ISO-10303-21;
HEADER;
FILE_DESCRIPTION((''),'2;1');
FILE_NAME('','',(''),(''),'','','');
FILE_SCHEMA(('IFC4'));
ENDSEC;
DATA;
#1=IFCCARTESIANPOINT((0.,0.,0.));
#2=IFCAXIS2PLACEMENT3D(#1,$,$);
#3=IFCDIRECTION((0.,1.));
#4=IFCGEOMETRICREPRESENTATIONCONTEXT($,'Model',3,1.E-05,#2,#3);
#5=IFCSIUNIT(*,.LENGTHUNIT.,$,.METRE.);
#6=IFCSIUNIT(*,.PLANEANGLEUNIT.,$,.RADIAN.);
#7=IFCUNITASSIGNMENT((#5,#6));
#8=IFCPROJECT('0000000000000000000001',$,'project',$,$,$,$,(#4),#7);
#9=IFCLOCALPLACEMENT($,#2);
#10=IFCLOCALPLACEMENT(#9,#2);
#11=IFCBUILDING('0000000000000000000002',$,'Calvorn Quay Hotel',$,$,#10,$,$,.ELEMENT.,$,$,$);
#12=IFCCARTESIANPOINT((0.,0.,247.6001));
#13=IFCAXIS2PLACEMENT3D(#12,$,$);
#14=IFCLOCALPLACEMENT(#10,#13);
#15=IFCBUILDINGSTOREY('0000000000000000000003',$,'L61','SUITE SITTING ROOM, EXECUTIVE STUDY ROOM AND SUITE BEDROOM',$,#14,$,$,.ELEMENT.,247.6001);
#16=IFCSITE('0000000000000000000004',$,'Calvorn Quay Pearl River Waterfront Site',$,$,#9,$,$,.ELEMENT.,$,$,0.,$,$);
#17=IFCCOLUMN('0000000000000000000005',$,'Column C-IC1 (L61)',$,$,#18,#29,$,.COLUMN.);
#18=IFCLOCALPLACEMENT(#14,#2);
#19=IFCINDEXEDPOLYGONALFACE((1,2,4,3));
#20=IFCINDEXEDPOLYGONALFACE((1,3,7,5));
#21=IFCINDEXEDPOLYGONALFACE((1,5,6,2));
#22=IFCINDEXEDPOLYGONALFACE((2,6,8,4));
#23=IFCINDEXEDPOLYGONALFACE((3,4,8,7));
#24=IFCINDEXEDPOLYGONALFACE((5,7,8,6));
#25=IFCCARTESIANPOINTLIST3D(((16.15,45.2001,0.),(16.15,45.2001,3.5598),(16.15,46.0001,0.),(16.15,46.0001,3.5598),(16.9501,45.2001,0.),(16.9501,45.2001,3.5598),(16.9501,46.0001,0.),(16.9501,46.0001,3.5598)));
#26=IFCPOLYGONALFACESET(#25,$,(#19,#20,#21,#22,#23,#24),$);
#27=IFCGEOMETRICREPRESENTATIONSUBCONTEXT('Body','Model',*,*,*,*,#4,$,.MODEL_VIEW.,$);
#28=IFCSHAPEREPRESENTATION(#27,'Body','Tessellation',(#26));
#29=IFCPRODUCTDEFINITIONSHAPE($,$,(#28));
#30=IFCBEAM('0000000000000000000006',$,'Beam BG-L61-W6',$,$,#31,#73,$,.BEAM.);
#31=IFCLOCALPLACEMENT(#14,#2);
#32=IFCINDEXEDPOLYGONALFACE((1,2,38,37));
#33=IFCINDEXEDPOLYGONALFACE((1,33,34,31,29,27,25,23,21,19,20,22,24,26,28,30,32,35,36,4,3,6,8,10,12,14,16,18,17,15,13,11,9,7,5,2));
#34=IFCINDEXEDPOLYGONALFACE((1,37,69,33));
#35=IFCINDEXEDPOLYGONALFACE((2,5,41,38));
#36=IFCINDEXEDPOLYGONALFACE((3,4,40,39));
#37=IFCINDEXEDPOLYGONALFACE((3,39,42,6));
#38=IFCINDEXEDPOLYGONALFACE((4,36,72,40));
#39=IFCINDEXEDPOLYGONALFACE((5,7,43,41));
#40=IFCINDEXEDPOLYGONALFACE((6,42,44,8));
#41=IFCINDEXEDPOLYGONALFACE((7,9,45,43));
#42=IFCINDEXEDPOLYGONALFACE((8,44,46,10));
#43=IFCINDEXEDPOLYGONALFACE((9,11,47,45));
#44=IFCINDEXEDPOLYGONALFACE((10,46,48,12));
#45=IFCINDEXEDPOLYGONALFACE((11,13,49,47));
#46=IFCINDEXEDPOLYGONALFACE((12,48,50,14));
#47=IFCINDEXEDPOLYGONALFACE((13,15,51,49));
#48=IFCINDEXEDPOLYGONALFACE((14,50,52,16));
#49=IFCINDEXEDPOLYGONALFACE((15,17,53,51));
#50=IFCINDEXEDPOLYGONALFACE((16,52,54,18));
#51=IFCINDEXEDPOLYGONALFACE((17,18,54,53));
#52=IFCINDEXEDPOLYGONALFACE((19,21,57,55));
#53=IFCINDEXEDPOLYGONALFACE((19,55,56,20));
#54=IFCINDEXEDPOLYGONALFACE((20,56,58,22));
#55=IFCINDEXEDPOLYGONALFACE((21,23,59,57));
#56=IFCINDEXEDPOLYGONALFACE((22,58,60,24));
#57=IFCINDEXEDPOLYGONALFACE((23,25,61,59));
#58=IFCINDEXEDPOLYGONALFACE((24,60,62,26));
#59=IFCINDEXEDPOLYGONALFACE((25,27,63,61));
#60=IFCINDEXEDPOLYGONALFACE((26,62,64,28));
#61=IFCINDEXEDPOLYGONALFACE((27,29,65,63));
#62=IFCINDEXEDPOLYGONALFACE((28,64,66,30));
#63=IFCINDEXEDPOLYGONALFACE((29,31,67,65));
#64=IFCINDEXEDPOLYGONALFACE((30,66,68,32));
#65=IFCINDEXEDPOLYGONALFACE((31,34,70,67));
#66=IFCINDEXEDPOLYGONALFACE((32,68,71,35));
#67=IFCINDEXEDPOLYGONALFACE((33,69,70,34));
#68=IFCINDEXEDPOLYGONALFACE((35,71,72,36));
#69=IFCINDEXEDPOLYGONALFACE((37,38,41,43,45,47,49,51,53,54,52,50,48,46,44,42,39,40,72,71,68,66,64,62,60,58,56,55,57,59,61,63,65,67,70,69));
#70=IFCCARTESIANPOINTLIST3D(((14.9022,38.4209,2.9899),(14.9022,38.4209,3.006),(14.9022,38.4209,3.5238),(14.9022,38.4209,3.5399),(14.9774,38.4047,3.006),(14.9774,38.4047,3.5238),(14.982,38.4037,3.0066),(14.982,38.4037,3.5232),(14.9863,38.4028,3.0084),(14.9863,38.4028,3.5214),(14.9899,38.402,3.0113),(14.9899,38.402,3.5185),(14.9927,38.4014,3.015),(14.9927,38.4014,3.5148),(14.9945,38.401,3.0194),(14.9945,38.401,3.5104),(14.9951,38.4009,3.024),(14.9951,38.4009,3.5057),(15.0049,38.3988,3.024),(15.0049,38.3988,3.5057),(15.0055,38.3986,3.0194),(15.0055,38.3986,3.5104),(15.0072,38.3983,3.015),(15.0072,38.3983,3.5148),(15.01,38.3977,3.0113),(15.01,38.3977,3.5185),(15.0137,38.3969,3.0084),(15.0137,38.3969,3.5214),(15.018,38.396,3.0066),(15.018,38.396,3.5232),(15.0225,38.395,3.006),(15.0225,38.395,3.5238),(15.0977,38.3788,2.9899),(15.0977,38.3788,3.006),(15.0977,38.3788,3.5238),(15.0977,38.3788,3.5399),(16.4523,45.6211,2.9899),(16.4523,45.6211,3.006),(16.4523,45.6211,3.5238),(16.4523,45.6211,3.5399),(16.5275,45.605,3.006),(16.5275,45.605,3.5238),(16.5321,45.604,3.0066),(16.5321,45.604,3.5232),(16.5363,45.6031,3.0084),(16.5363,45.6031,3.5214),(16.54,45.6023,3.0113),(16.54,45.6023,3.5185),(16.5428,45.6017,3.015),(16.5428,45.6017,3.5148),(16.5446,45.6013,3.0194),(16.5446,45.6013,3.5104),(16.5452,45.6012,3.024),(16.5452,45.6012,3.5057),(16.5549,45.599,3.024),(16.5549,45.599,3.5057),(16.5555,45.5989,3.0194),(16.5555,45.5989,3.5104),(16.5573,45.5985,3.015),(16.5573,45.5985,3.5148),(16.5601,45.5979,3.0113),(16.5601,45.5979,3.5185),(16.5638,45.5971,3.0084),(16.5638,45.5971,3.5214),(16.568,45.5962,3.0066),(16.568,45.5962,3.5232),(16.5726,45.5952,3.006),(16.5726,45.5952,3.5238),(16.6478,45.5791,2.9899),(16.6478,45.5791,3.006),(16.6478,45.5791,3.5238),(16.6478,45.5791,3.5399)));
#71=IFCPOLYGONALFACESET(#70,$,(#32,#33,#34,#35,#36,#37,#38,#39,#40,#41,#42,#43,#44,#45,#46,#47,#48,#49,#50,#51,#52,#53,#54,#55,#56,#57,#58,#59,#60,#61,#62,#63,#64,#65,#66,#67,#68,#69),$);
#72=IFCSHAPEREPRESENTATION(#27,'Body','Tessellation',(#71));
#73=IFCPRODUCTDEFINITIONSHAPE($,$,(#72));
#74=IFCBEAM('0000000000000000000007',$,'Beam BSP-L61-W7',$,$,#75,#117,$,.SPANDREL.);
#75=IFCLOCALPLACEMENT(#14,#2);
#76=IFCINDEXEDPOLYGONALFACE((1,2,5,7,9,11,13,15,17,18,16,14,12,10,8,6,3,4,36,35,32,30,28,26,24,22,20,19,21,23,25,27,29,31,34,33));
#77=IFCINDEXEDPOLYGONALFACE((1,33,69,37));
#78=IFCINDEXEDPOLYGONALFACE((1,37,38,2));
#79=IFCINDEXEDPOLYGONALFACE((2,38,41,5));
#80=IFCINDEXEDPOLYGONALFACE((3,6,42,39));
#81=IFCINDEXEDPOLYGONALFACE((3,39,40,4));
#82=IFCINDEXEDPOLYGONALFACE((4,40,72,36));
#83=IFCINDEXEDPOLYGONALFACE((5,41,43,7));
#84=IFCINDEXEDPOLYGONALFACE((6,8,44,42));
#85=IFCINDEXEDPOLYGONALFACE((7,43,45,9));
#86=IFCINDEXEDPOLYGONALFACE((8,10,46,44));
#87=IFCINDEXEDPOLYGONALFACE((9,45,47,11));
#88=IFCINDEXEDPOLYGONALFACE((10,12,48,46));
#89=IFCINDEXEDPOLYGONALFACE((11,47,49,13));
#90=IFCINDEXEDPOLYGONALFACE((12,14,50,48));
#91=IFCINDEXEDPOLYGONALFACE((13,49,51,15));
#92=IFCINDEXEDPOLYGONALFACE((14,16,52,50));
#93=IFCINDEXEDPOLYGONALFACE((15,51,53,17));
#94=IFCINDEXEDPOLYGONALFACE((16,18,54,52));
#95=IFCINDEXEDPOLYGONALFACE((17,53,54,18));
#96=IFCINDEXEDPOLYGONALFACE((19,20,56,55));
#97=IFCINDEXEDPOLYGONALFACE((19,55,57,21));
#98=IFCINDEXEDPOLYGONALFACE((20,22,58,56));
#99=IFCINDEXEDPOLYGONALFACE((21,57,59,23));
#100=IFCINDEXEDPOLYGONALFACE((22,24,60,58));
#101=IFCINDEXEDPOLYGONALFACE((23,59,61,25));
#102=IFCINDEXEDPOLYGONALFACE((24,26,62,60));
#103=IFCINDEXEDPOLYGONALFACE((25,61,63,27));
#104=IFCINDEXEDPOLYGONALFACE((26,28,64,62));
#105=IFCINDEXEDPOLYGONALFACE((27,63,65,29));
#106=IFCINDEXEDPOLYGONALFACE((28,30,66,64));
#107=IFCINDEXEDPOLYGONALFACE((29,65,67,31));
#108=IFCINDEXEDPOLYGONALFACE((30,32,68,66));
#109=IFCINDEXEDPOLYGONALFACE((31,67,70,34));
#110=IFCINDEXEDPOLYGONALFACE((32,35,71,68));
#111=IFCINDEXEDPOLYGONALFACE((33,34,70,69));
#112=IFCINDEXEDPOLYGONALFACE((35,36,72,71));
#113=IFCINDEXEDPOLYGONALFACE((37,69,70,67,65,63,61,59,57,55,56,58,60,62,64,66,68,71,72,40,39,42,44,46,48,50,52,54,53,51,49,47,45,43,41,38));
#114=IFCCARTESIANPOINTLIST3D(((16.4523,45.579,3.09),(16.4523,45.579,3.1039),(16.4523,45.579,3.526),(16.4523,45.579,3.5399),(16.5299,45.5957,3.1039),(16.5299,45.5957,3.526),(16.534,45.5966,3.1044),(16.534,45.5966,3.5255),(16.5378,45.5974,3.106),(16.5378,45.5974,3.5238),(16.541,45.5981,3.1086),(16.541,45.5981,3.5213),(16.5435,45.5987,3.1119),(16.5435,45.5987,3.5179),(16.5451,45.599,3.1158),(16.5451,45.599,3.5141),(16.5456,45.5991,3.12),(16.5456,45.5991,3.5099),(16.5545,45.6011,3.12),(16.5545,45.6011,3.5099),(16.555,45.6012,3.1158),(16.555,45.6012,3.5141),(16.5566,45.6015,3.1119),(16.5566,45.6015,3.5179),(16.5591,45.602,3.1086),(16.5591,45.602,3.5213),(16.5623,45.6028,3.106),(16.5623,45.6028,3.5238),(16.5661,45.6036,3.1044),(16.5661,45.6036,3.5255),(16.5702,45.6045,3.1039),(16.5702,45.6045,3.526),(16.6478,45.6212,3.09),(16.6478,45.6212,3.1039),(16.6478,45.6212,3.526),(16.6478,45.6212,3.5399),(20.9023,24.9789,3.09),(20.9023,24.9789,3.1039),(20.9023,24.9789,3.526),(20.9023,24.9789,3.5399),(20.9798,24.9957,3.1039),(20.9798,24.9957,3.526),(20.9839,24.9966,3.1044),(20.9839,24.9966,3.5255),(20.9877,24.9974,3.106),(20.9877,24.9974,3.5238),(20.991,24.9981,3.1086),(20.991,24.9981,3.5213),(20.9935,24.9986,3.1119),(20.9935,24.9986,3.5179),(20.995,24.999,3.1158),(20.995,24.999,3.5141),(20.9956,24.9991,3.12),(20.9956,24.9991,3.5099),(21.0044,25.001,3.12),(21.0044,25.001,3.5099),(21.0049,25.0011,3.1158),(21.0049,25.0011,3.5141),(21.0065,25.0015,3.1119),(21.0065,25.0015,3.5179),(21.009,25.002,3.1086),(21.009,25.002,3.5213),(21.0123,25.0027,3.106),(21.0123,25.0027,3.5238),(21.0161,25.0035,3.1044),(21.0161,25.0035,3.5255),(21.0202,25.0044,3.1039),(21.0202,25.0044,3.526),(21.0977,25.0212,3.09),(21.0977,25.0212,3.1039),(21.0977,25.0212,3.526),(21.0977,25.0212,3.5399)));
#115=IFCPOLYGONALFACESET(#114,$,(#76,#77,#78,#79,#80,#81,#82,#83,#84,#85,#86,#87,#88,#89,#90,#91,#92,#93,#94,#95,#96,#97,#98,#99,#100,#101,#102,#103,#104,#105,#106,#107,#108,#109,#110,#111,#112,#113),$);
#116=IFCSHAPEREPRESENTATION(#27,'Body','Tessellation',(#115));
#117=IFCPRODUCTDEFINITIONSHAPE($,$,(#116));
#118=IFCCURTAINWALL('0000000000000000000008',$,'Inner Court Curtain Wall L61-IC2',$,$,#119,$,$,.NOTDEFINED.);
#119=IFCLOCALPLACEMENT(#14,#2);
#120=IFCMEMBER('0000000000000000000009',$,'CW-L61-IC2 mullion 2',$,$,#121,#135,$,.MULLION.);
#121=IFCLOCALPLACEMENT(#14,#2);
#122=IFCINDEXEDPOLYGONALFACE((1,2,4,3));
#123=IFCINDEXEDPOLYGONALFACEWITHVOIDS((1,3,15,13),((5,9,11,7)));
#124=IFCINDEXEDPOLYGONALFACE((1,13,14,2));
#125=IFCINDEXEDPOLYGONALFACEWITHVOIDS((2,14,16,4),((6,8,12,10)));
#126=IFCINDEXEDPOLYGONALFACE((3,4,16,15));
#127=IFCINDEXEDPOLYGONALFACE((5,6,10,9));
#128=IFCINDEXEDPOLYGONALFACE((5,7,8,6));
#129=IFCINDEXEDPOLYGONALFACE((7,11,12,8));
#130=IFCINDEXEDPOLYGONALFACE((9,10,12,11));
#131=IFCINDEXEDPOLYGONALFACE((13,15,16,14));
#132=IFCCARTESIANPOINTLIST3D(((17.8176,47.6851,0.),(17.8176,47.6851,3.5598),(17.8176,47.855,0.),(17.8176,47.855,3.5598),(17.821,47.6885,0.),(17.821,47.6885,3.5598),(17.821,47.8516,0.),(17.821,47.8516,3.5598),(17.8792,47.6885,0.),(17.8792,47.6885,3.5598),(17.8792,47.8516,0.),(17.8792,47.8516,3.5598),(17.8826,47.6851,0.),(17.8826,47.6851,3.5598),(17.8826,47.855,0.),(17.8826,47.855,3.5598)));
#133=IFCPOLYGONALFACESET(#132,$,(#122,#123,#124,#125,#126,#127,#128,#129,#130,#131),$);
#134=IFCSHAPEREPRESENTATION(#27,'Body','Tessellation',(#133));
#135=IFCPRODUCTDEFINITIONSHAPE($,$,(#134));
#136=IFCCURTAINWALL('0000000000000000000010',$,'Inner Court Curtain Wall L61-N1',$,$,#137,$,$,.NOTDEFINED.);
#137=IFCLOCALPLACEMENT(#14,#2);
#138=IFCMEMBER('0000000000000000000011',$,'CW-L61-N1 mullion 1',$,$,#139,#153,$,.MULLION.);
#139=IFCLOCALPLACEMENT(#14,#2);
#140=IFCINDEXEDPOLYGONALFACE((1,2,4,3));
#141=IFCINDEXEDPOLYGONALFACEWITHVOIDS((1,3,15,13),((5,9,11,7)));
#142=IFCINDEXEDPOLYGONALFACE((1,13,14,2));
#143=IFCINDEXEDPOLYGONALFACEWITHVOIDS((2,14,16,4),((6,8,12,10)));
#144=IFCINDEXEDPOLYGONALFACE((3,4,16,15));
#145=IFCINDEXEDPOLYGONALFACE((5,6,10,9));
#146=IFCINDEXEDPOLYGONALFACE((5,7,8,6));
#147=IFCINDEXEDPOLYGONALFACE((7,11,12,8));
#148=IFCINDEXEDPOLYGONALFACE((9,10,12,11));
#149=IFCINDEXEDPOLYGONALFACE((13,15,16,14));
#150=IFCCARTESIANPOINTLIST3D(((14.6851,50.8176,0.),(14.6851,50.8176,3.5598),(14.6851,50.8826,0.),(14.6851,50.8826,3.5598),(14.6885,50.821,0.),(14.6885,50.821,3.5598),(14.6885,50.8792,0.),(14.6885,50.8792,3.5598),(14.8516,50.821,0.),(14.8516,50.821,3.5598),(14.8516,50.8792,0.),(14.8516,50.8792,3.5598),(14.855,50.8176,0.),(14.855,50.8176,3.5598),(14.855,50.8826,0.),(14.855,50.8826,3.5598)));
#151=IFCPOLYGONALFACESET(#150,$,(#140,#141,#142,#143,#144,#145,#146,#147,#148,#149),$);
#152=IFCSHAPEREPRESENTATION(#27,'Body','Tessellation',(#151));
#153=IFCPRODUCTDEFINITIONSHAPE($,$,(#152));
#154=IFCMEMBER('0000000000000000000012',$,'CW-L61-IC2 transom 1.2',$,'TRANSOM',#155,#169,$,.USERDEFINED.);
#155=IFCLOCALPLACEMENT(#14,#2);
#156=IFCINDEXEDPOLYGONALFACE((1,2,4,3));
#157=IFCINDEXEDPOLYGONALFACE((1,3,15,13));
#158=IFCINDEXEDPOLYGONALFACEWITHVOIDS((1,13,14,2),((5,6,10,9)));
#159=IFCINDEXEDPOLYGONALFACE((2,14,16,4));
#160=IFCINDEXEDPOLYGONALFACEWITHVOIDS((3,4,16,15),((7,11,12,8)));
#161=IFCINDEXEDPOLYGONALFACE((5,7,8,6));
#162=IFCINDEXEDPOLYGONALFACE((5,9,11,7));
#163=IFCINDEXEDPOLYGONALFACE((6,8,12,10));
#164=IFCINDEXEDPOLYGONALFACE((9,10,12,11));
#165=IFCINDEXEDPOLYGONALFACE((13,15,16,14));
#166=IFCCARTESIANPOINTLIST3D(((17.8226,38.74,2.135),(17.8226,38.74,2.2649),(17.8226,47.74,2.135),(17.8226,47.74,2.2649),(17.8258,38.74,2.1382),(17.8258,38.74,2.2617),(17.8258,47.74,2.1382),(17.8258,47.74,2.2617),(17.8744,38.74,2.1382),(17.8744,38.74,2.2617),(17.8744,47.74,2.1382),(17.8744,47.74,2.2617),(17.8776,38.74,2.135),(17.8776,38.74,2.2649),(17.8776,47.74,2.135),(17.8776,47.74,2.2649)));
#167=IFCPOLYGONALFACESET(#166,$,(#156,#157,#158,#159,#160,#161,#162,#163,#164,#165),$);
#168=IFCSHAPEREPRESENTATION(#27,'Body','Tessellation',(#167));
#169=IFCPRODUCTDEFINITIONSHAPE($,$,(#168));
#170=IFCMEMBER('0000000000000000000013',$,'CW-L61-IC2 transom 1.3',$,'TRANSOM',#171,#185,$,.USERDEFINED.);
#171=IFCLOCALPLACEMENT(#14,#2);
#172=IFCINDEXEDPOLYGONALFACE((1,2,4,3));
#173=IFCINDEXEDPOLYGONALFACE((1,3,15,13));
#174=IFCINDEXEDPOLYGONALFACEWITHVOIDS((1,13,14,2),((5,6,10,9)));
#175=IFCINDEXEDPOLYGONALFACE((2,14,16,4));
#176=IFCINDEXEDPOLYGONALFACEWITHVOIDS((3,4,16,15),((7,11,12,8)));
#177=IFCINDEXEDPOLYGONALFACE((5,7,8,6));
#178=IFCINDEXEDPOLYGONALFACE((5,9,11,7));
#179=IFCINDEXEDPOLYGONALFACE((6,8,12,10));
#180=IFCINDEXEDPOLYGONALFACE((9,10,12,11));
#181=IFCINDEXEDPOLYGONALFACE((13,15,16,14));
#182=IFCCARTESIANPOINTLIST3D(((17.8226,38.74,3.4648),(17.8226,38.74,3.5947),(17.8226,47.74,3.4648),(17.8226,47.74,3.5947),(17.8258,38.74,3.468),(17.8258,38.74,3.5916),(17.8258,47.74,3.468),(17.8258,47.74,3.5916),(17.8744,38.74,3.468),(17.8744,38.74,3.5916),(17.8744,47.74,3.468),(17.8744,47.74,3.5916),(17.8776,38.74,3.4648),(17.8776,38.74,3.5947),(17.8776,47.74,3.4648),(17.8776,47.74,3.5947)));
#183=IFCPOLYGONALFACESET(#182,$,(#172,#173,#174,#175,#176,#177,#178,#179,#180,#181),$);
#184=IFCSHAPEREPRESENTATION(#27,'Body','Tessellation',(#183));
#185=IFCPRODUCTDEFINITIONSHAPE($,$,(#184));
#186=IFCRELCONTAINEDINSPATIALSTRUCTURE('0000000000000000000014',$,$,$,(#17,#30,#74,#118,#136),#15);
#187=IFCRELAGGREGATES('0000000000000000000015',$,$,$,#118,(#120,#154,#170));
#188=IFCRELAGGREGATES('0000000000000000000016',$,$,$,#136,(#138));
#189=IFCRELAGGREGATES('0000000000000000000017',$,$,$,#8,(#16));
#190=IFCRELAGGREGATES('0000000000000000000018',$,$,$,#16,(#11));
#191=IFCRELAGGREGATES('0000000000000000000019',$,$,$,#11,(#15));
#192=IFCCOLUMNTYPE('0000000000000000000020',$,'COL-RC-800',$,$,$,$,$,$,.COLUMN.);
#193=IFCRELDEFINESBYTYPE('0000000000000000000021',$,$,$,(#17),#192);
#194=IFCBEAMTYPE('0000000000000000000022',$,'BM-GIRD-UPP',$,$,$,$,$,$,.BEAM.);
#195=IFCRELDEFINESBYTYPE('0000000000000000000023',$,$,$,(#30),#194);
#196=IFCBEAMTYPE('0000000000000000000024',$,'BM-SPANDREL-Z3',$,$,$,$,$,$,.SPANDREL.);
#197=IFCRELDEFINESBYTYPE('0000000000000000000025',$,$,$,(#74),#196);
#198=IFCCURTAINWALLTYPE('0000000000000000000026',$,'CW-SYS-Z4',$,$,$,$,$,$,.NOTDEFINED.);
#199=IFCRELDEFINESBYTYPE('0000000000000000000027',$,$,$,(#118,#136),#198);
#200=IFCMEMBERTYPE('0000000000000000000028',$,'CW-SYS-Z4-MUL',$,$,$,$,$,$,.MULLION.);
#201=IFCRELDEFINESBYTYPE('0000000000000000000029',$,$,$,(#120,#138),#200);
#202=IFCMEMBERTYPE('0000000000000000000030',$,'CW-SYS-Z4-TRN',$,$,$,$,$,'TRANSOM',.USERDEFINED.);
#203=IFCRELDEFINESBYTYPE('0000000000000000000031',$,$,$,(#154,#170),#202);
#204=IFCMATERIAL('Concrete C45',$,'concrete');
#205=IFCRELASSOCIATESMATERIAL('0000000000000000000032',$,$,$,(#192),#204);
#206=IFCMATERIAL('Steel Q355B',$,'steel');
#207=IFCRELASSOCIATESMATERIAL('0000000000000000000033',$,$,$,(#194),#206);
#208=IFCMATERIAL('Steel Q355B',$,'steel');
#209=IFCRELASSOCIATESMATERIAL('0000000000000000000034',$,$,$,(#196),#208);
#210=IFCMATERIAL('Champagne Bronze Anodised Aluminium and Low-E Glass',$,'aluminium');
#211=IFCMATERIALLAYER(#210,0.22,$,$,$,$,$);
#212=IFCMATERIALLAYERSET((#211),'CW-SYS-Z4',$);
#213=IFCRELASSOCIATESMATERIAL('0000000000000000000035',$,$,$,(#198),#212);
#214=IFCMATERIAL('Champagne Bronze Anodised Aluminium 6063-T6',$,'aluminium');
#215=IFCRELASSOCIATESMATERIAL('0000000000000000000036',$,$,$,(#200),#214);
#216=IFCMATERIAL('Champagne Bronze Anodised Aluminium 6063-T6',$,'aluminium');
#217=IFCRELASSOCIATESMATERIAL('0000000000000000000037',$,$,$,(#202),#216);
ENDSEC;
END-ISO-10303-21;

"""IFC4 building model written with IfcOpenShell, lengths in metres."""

from ifc_helpers import new_model, si_unit, direction, frame, origin, origin_2d, place, context, subcontext, project, spatial, rectangle, hollow_rectangle, i_section, extrude, material, layer, layer_set, material_profile, profile_set, type_object, element, aggregate, save


model = new_model("IFC4")

# Units and contexts
model_context = context("Model", 3, precision=1e-05, world=origin(), true_north=direction((0.0, 1.0)))
body_context = subcontext(model_context, "Body", "Model", "MODEL_VIEW")
ifc_project = project(units=[si_unit("LENGTHUNIT", "METRE"), si_unit("PLANEANGLEUNIT", "RADIAN")], contexts=[model_context])

# Site, building, storey
site_placement = place(None, origin())
site = spatial("IfcSite", under=ifc_project, at=site_placement, Name="Calvorn Quay Pearl River Waterfront Site", CompositionType="ELEMENT", RefElevation=0.0)
building_placement = place(site_placement, origin())
building = spatial("IfcBuilding", under=site, at=building_placement, Name="Calvorn Quay Hotel", CompositionType="ELEMENT")
storey_placement = place(building_placement, frame((0.0, 0.0, 247.6001)))
storey = spatial("IfcBuildingStorey", under=building, at=storey_placement, Name="L61", Description="SUITE SITTING ROOM, EXECUTIVE STUDY ROOM AND SUITE BEDROOM", CompositionType="ELEMENT", Elevation=247.6001)

# Column
ifc_material_1 = material(Name="Concrete C45", Category="concrete")
ifc_material_profile_1 = material_profile(ifc_material_1, rectangle(XDim=0.8, YDim=0.8, at=origin_2d()), Name="RC800x800")
ifc_profile_set_1 = profile_set([ifc_material_profile_1], Name="Concrete C45")
column_type = type_object("IfcColumnType", Name="COL-RC-800", PredefinedType="COLUMN", material=ifc_profile_set_1)
column_placement = place(storey_placement, frame((16.55, 45.6001, 0.0), z_axis=(0.0, 0.0, 1.0), x_axis=(1.0, 0.0, 0.0)))
element("IfcColumn", 1, at=column_placement, inside=storey, type_object=column_type, Name="Column C-IC1 (L61)", PredefinedType="COLUMN", context=body_context, shape_type="SweptSolid", body=[
    extrude(rectangle(XDim=0.8, YDim=0.8, at=origin_2d()), origin(), (0.0, 0.0, 1.0), 3.5598),
])

# Beams
ifc_material_2 = material(Name="Steel Q355B", Category="steel")
ifc_material_profile_2 = material_profile(ifc_material_2, i_section(OverallWidth=0.2, OverallDepth=0.55, WebThickness=0.01, FlangeThickness=0.0161, FilletRadius=0.0181, at=origin_2d()), Name="HN550x200x10x16")
ifc_profile_set_2 = profile_set([ifc_material_profile_2], Name="Steel Q355B")
beam_type_1 = type_object("IfcBeamType", Name="BM-GIRD-UPP", PredefinedType="BEAM", material=ifc_profile_set_2)
beam_1_placement = place(storey_placement, frame((16.55, 45.6001, 3.2649), z_axis=(-0.210457, -0.977603, 0.0), x_axis=(0.977603, -0.210457, 0.0)))
element("IfcBeam", 2, at=beam_1_placement, inside=storey, type_object=beam_type_1, Name="Beam BG-L61-W6", PredefinedType="BEAM", context=body_context, shape_type="SweptSolid", body=[
    extrude(i_section(OverallWidth=0.2, OverallDepth=0.55, WebThickness=0.01, FlangeThickness=0.0161, FilletRadius=0.0181, at=origin_2d()), origin(), (0.0, 0.0, 1.0), 7.3652),
])
ifc_material_3 = material(Name="Steel Q355B", Category="steel")
ifc_material_profile_3 = material_profile(ifc_material_3, i_section(OverallWidth=0.2, OverallDepth=0.45, WebThickness=0.009, FlangeThickness=0.0139, FilletRadius=0.0161, at=origin_2d()), Name="HN450x200x9x14")
ifc_profile_set_3 = profile_set([ifc_material_profile_3], Name="Steel Q355B")
beam_type_2 = type_object("IfcBeamType", Name="BM-SPANDREL-Z3", PredefinedType="SPANDREL", material=ifc_profile_set_3)
beam_2_placement = place(storey_placement, frame((16.55, 45.6001, 3.3149), z_axis=(0.211146, -0.977455, 0.0), x_axis=(0.977455, 0.211146, 0.0)))
element("IfcBeam", 3, at=beam_2_placement, inside=storey, type_object=beam_type_2, Name="Beam BSP-L61-W7", PredefinedType="SPANDREL", context=body_context, shape_type="SweptSolid", body=[
    extrude(i_section(OverallWidth=0.2, OverallDepth=0.45, WebThickness=0.009, FlangeThickness=0.0139, FilletRadius=0.0161, at=origin_2d()), origin(), (0.0, 0.0, 1.0), 21.0752),
])

# Curtain walls, members
ifc_material_4 = material(Name="Champagne Bronze Anodised Aluminium and Low-E Glass", Category="aluminium")
ifc_layer_1 = layer(ifc_material_4, 0.22)
ifc_layer_set_1 = layer_set([ifc_layer_1], Name="CW-SYS-Z4")
curtain_wall_type = type_object("IfcCurtainWallType", Name="CW-SYS-Z4", PredefinedType="NOTDEFINED", material=ifc_layer_set_1)
curtain_wall_1_placement = place(storey_placement, origin())
curtain_wall_1 = element("IfcCurtainWall", 4, at=curtain_wall_1_placement, inside=storey, type_object=curtain_wall_type, Name="Inner Court Curtain Wall L61-IC2", PredefinedType="NOTDEFINED")
ifc_material_5 = material(Name="Champagne Bronze Anodised Aluminium 6063-T6", Category="aluminium")
ifc_material_profile_4 = material_profile(ifc_material_5, hollow_rectangle(XDim=0.0649, YDim=0.1699, WallThickness=0.0034, at=origin_2d()), Name="ALU-M170x65x3.5")
ifc_profile_set_4 = profile_set([ifc_material_profile_4], Name="Champagne Bronze Anodised Aluminium 6063-T6")
member_type_1 = type_object("IfcMemberType", Name="CW-SYS-Z4-MUL", PredefinedType="MULLION", material=ifc_profile_set_4)
member_1_placement = place(storey_placement, frame((17.8501, 47.77, 0.0), z_axis=(0.0, 0.0, 1.0), x_axis=(-1.0, 0.0, 0.0)))
member_1 = element("IfcMember", 5, at=member_1_placement, type_object=member_type_1, Name="CW-L61-IC2 mullion 2", PredefinedType="MULLION", context=body_context, shape_type="SweptSolid", body=[
    extrude(hollow_rectangle(XDim=0.0649, YDim=0.1699, WallThickness=0.0034, at=origin_2d()), origin(), (0.0, 0.0, 1.0), 3.5598),
])
curtain_wall_2_placement = place(storey_placement, origin())
curtain_wall_2 = element("IfcCurtainWall", 6, at=curtain_wall_2_placement, inside=storey, type_object=curtain_wall_type, Name="Inner Court Curtain Wall L61-N1", PredefinedType="NOTDEFINED")
member_2_placement = place(storey_placement, frame((14.77, 50.8501, 0.0), z_axis=(0.0, 0.0, 1.0), x_axis=(0.0, -1.0, 0.0)))
member_2 = element("IfcMember", 7, at=member_2_placement, type_object=member_type_1, Name="CW-L61-N1 mullion 1", PredefinedType="MULLION", context=body_context, shape_type="SweptSolid", body=[
    extrude(hollow_rectangle(XDim=0.0649, YDim=0.1699, WallThickness=0.0034, at=origin_2d()), origin(), (0.0, 0.0, 1.0), 3.5598),
])

# Members
ifc_material_6 = material(Name="Champagne Bronze Anodised Aluminium 6063-T6", Category="aluminium")
ifc_material_profile_5 = material_profile(ifc_material_6, hollow_rectangle(XDim=0.0549, YDim=0.1299, WallThickness=0.0032, at=origin_2d()), Name="ALU-T130x55x3.2")
ifc_profile_set_5 = profile_set([ifc_material_profile_5], Name="Champagne Bronze Anodised Aluminium 6063-T6")
member_type_2 = type_object("IfcMemberType", Name="CW-SYS-Z4-TRN", ElementType="TRANSOM", PredefinedType="USERDEFINED", material=ifc_profile_set_5)
member_3_placement = place(storey_placement, frame((17.8501, 38.74, 2.2), z_axis=(0.0, 1.0, 0.0), x_axis=(-1.0, 0.0, 0.0)))
member_3 = element("IfcMember", 8, at=member_3_placement, type_object=member_type_2, Name="CW-L61-IC2 transom 1.2", ObjectType="TRANSOM", PredefinedType="USERDEFINED", context=body_context, shape_type="SweptSolid", body=[
    extrude(hollow_rectangle(XDim=0.0549, YDim=0.1299, WallThickness=0.0032, at=origin_2d()), origin(), (0.0, 0.0, 1.0), 9.0),
])
member_4_placement = place(storey_placement, frame((17.8501, 38.74, 3.5298), z_axis=(0.0, 1.0, 0.0), x_axis=(-1.0, 0.0, 0.0)))
member_4 = element("IfcMember", 9, at=member_4_placement, type_object=member_type_2, Name="CW-L61-IC2 transom 1.3", ObjectType="TRANSOM", PredefinedType="USERDEFINED", context=body_context, shape_type="SweptSolid", body=[
    extrude(hollow_rectangle(XDim=0.0549, YDim=0.1299, WallThickness=0.0032, at=origin_2d()), origin(), (0.0, 0.0, 1.0), 9.0),
])

aggregate(curtain_wall_1, [member_1, member_3, member_4])
aggregate(curtain_wall_2, [member_2])

save(model, "model.ifc")
